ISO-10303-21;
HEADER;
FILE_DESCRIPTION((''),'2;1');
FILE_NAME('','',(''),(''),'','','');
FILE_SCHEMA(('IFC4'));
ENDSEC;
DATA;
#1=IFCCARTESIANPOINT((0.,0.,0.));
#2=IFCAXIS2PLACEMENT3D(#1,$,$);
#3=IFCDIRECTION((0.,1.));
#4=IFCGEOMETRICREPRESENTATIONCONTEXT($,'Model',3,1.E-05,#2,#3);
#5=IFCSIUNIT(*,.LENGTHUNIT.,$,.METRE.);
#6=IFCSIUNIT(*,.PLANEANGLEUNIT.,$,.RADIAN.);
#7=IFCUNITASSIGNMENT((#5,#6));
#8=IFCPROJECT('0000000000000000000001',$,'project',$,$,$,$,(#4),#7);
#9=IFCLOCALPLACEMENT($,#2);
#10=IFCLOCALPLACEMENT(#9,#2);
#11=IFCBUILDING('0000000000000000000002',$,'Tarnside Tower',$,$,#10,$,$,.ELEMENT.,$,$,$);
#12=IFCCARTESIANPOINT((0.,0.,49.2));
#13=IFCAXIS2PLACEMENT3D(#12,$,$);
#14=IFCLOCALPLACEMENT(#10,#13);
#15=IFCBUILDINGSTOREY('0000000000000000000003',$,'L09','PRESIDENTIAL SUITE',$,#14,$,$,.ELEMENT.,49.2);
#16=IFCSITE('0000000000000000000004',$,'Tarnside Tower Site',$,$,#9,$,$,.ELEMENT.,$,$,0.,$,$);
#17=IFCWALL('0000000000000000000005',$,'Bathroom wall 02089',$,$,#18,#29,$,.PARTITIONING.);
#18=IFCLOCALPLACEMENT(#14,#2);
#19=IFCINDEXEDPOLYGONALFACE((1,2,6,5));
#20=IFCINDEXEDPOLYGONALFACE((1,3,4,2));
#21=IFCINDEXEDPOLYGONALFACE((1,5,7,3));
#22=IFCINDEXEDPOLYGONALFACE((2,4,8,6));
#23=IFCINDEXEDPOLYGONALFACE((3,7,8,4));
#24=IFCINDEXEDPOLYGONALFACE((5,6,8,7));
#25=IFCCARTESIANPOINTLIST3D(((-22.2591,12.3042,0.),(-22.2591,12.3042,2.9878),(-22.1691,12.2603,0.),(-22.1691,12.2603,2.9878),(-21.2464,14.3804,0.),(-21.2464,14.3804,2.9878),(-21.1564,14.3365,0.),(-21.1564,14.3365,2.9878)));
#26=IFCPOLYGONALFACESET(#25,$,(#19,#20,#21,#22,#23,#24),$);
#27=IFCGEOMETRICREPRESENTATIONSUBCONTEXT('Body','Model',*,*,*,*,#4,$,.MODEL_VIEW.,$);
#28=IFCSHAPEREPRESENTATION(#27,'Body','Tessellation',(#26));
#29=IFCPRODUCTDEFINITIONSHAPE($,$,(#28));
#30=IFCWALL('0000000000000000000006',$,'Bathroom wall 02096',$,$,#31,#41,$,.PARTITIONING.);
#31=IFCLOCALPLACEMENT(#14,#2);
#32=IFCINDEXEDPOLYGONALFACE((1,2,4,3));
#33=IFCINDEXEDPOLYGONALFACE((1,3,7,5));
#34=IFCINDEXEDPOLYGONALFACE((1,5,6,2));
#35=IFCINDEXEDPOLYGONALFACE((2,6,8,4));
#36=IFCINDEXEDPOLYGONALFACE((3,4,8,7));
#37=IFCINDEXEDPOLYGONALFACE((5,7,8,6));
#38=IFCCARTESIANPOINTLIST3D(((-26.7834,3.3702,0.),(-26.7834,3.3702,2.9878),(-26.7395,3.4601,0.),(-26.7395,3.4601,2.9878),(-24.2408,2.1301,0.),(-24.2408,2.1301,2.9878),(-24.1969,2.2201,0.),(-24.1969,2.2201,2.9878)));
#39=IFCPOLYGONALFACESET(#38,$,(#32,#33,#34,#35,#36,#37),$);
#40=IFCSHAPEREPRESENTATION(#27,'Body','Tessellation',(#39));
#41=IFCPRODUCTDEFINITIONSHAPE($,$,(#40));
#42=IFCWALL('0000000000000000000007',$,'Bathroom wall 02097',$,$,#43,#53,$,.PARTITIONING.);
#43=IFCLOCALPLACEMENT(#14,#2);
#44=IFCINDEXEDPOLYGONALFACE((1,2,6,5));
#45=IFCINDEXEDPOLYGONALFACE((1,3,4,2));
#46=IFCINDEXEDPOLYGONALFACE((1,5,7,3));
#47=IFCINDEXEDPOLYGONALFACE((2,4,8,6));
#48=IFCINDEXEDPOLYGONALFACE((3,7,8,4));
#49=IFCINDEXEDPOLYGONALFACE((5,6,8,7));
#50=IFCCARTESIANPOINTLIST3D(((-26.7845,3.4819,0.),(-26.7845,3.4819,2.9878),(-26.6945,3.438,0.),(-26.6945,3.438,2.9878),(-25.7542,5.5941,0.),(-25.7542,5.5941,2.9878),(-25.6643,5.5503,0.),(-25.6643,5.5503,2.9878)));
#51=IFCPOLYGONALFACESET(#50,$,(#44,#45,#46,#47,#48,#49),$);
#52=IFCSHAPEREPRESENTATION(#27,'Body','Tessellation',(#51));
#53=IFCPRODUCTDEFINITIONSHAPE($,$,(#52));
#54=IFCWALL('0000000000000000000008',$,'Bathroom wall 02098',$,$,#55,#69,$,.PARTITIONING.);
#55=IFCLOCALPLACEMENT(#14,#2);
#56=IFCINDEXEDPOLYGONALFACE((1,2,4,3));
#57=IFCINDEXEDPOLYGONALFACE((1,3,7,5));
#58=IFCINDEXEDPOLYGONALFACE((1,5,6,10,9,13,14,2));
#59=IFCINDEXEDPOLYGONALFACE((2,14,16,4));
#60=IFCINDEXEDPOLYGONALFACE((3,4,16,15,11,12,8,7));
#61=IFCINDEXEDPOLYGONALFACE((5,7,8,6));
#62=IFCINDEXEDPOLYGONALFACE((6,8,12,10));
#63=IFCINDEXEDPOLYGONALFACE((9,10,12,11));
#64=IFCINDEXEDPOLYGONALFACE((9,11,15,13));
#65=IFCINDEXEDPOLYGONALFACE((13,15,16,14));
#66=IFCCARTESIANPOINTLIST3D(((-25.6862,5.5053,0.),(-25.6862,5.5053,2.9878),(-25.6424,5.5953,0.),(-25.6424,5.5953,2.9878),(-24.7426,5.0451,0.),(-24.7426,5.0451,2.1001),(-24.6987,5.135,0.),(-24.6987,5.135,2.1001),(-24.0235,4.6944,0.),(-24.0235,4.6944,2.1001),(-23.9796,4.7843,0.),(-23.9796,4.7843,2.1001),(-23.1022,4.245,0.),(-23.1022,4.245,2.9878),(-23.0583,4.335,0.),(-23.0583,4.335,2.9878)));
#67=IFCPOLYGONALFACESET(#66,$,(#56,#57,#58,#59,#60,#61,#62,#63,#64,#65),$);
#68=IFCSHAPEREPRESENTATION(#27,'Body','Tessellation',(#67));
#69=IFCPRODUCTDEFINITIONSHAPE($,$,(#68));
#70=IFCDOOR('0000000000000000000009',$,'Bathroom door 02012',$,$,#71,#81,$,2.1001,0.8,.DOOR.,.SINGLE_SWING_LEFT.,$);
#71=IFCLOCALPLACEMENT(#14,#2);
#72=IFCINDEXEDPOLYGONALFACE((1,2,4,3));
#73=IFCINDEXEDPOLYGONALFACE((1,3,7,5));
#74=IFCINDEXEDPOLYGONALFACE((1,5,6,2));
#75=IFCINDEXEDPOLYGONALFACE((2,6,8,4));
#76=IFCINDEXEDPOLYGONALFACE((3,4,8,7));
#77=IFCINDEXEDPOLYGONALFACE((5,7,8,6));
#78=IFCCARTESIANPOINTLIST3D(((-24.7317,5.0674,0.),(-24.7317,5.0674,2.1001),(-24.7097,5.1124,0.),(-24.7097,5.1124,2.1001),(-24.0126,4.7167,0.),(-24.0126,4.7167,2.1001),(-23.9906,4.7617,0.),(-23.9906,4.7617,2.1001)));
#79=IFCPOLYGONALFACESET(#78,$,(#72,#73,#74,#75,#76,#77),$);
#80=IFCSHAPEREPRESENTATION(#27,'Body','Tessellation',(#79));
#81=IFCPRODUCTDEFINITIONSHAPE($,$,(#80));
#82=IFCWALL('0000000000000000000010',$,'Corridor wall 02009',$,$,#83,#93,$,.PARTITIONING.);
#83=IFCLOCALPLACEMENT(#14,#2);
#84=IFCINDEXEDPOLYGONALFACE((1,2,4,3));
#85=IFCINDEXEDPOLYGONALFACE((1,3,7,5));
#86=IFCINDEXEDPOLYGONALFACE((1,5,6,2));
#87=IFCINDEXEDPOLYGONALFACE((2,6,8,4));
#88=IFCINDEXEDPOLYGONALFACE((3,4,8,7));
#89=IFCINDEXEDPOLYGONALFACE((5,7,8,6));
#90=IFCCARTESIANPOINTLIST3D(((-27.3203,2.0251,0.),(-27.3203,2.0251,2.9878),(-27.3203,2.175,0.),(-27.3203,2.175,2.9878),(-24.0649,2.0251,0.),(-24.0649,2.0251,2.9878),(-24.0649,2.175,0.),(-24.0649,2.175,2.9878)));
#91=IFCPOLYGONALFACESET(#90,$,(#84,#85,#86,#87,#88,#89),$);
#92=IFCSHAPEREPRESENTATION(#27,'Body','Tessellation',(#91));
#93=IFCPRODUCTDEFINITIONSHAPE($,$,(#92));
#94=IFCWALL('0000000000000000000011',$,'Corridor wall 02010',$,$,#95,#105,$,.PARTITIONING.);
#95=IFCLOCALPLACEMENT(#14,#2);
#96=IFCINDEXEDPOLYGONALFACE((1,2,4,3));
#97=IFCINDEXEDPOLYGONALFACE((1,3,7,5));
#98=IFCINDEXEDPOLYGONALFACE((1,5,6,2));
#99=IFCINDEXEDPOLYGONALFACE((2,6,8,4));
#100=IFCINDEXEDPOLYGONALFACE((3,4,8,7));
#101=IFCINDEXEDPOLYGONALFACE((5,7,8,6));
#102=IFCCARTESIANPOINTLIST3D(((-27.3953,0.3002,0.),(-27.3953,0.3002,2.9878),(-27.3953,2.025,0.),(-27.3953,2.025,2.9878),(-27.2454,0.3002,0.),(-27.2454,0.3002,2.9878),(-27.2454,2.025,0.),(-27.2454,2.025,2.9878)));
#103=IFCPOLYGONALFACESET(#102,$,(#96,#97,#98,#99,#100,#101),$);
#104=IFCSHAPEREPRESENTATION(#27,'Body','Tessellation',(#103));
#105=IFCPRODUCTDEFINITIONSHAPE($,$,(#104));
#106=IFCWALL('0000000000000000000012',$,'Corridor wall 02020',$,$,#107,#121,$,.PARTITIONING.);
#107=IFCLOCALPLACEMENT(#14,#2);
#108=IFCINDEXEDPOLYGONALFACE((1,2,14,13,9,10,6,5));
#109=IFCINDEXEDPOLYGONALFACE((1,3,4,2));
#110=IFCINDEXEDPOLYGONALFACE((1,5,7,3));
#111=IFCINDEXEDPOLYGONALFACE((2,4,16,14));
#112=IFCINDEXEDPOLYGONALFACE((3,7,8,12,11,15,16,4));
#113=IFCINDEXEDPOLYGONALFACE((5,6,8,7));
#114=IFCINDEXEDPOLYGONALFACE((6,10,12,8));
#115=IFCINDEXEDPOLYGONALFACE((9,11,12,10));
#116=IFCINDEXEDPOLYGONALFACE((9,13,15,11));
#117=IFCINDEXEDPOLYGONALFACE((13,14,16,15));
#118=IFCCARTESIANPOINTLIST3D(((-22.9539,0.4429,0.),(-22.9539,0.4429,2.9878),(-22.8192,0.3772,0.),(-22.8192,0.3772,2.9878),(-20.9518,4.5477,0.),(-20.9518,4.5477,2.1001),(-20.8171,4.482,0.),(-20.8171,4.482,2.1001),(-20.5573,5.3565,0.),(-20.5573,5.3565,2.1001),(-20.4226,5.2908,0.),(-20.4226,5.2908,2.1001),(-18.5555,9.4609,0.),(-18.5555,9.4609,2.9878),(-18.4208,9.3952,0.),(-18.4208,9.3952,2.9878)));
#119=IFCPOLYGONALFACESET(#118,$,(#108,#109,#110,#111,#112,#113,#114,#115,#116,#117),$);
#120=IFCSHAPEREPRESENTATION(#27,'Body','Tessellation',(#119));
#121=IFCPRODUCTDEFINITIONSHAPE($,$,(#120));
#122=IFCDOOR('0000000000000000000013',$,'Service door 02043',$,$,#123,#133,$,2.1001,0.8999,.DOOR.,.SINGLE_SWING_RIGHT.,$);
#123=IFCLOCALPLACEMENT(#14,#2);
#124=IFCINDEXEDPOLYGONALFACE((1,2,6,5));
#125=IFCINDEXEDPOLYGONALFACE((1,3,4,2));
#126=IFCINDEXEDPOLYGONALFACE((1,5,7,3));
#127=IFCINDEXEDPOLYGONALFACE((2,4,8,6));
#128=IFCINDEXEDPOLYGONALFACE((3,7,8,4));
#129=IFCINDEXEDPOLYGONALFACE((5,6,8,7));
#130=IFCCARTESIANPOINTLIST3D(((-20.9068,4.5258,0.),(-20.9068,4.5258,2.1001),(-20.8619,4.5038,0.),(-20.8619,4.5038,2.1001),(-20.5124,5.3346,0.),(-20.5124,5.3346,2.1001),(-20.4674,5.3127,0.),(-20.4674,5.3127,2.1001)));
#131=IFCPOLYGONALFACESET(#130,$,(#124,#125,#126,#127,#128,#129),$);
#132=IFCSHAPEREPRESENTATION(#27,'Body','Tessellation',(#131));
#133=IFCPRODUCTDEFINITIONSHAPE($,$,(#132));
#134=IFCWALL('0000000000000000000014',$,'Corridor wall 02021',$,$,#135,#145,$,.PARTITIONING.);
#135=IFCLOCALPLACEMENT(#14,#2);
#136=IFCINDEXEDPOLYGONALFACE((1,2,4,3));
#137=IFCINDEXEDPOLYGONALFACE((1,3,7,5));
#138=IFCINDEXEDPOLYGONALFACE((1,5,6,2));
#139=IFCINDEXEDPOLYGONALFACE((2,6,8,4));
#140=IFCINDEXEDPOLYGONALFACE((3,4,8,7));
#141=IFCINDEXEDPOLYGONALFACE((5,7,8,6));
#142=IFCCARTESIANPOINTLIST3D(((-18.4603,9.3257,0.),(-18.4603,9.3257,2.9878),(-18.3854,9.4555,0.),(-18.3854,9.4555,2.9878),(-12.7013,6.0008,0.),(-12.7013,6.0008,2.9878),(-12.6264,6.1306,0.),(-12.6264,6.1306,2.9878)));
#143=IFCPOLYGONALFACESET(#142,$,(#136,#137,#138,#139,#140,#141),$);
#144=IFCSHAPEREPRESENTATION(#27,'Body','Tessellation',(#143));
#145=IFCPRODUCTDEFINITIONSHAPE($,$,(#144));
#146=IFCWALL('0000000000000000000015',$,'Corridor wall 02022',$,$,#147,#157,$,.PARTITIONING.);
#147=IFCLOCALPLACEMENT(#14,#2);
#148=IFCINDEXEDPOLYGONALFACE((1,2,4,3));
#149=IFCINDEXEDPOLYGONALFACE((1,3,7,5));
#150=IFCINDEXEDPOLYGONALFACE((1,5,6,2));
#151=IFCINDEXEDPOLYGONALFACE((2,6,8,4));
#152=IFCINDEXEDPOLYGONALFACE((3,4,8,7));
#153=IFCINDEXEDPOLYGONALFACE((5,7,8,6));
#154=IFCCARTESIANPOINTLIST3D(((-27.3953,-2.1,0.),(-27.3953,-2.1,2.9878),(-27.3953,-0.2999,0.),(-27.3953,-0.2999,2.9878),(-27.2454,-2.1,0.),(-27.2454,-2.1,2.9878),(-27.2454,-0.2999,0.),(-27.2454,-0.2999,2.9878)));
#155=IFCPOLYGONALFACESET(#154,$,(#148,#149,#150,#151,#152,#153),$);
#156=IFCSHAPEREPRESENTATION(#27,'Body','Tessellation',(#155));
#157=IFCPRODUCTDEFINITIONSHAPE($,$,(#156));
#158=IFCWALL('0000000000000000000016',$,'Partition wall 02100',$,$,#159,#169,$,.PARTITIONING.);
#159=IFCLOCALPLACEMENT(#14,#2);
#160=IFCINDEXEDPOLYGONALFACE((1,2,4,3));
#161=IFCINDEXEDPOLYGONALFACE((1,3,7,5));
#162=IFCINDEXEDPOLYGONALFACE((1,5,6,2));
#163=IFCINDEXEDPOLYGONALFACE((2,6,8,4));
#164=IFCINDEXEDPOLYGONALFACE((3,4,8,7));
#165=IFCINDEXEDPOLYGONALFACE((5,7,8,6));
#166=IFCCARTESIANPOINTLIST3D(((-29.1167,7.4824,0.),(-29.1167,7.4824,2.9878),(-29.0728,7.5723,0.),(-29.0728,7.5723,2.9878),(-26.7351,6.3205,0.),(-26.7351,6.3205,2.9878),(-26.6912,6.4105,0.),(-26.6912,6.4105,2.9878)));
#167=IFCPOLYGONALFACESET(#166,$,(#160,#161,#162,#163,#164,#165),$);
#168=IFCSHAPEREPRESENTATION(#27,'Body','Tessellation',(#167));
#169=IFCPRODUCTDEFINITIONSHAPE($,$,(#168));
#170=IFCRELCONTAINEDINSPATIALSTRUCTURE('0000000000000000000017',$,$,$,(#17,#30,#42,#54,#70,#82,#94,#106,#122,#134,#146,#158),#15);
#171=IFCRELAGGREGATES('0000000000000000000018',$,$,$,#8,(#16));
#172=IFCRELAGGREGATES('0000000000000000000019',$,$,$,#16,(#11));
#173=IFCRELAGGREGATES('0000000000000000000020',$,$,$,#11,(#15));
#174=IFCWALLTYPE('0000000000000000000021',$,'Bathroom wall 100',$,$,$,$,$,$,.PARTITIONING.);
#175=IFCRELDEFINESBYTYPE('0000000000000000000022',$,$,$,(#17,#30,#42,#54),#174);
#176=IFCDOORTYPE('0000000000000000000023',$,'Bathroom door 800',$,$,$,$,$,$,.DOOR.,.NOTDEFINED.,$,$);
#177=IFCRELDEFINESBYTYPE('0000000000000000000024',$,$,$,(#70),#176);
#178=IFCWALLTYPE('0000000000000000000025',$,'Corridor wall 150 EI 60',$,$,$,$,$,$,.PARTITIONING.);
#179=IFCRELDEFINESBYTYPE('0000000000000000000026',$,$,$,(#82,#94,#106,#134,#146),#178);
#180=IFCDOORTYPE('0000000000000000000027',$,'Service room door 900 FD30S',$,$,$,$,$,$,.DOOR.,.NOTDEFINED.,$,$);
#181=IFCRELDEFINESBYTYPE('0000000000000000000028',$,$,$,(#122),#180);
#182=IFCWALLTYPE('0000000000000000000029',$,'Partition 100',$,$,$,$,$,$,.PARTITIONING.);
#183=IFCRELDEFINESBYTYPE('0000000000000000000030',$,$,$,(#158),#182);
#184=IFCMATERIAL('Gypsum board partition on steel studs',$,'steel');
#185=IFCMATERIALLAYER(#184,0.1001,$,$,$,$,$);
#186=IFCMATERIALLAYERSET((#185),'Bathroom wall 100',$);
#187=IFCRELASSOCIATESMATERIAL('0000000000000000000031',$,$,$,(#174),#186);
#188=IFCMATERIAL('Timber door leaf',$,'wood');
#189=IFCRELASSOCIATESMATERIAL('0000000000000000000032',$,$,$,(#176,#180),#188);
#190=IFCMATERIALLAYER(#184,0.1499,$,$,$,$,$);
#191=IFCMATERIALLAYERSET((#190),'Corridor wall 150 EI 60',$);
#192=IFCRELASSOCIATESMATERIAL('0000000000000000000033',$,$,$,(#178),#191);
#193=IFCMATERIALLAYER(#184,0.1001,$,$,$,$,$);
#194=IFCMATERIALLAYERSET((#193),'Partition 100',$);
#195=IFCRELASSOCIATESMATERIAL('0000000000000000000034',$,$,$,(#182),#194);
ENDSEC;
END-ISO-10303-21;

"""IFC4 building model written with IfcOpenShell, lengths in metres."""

from ifc_helpers import new_model, si_unit, direction, frame, frame_2d, origin, place, context, subcontext, project, spatial, rectangle, extrude, material, layer, layer_set, type_object, element, fill, save


model = new_model("IFC4")

# Units and contexts
model_context = context("Model", 3, precision=1e-05, world=origin(), true_north=direction((0.0, 1.0)))
body_context = subcontext(model_context, "Body", "Model", "MODEL_VIEW")
ifc_project = project(units=[si_unit("LENGTHUNIT", "METRE"), si_unit("PLANEANGLEUNIT", "RADIAN")], contexts=[model_context])

# Site, building, storey
site_placement = place(None, origin())
site = spatial("IfcSite", under=ifc_project, at=site_placement, Name="Tarnside Tower Site", CompositionType="ELEMENT", RefElevation=0.0)
building_placement = place(site_placement, origin())
building = spatial("IfcBuilding", under=site, at=building_placement, Name="Tarnside Tower", CompositionType="ELEMENT")
storey_placement = place(building_placement, frame((0.0, 0.0, 49.2)))
storey = spatial("IfcBuildingStorey", under=building, at=storey_placement, Name="L09", Description="PRESIDENTIAL SUITE", CompositionType="ELEMENT", Elevation=49.2)

# Walls
ifc_material_1 = material(Name="Gypsum board partition on steel studs", Category="steel")
ifc_layer_1 = layer(ifc_material_1, 0.1001)
ifc_layer_set_1 = layer_set([ifc_layer_1], Name="Bathroom wall 100")
wall_type_1 = type_object("IfcWallType", Name="Bathroom wall 100", PredefinedType="PARTITIONING", material=ifc_layer_set_1)
wall_1_placement = place(storey_placement, frame((-22.2141, 12.2822, 0.0), z_axis=(0.0, 0.0, 1.0), x_axis=(0.438399, 0.898781, 0.0)))
element("IfcWall", 1, at=wall_1_placement, inside=storey, type_object=wall_type_1, Name="Bathroom wall 02089", PredefinedType="PARTITIONING", context=body_context, shape_type="SweptSolid", body=[
    extrude(rectangle(XDim=2.3101, YDim=0.1001, at=frame_2d((1.155, 0.0))), origin(), (0.0, 0.0, 1.0), 2.9878),
])
wall_2_placement = place(storey_placement, frame((-24.2188, 2.175, 0.0), z_axis=(0.0, 0.0, 1.0), x_axis=(-0.898802, 0.438354, 0.0)))
element("IfcWall", 2, at=wall_2_placement, inside=storey, type_object=wall_type_1, Name="Bathroom wall 02096", PredefinedType="PARTITIONING", context=body_context, shape_type="SweptSolid", body=[
    extrude(rectangle(XDim=2.8289, YDim=0.1001, at=frame_2d((1.4146, 0.0))), origin(), (0.0, 0.0, 1.0), 2.9878),
])
wall_3_placement = place(storey_placement, frame((-26.7395, 3.46, 0.0), z_axis=(0.0, 0.0, 1.0), x_axis=(0.438383, 0.898788, 0.0)))
element("IfcWall", 3, at=wall_3_placement, inside=storey, type_object=wall_type_1, Name="Bathroom wall 02097", PredefinedType="PARTITIONING", context=body_context, shape_type="SweptSolid", body=[
    extrude(rectangle(XDim=2.3501, YDim=0.1001, at=frame_2d((1.175, 0.0))), origin(), (0.0, 0.0, 1.0), 2.9878),
])

# Wall, opening, door
wall_4_placement = place(storey_placement, frame((-25.6643, 5.5503, 0.0), z_axis=(0.0, 0.0, 1.0), x_axis=(0.898799, -0.43836, 0.0)))
wall_4 = element("IfcWall", 4, at=wall_4_placement, inside=storey, type_object=wall_type_1, Name="Bathroom wall 02098", PredefinedType="PARTITIONING", context=body_context, shape_type="SweptSolid", body=[
    extrude(rectangle(XDim=2.875, YDim=0.1001, at=frame_2d((1.4375, 0.0))), origin(), (0.0, 0.0, 1.0), 2.9878),
])
opening_1_placement = place(wall_4_placement, frame((1.05, 0.0, 0.0)))
opening_1 = element("IfcOpeningElement", 5, at=opening_1_placement, cuts=wall_4, PredefinedType="OPENING", context=body_context, shape_type="SweptSolid", body=[
    extrude(rectangle(XDim=0.8, YDim=2.1001, at=frame_2d((0.3999, 1.05))), frame((0.0, 0.0601, 0.0), z_axis=(0.0, -1.0, 0.0), x_axis=(1.0, 0.0, 0.0)), (0.0, 0.0, 1.0), 0.1201),
])
ifc_material_2 = material(Name="Timber door leaf", Category="wood")
door_type_1 = type_object("IfcDoorType", Name="Bathroom door 800", OperationType="NOTDEFINED", PredefinedType="DOOR", material=ifc_material_2)
door_1_placement = place(opening_1_placement, origin())
door_1 = element("IfcDoor", 6, at=door_1_placement, inside=storey, type_object=door_type_1, Name="Bathroom door 02012", OperationType="SINGLE_SWING_LEFT", OverallHeight=2.1001, OverallWidth=0.8, PredefinedType="DOOR", context=body_context, shape_type="SweptSolid", body=[
    extrude(rectangle(XDim=0.8, YDim=2.1001, at=frame_2d((0.3999, 1.05))), frame((0.0, 0.0249, 0.0), z_axis=(0.0, -1.0, 0.0), x_axis=(1.0, 0.0, 0.0)), (0.0, 0.0, 1.0), 0.05),
])
fill(opening_1, door_1)

# Walls
ifc_layer_2 = layer(ifc_material_1, 0.1499)
ifc_layer_set_2 = layer_set([ifc_layer_2], Name="Corridor wall 150 EI 60")
wall_type_2 = type_object("IfcWallType", Name="Corridor wall 150 EI 60", PredefinedType="PARTITIONING", material=ifc_layer_set_2)
wall_5_placement = place(storey_placement, frame((-24.0649, 2.1001, 0.0), z_axis=(0.0, 0.0, 1.0), x_axis=(-1.0, 0.0, 0.0)))
element("IfcWall", 7, at=wall_5_placement, inside=storey, type_object=wall_type_2, Name="Corridor wall 02009", PredefinedType="PARTITIONING", context=body_context, shape_type="SweptSolid", body=[
    extrude(rectangle(XDim=3.2554, YDim=0.1499, at=frame_2d((1.6277, 0.0))), origin(), (0.0, 0.0, 1.0), 2.9878),
])
wall_6_placement = place(storey_placement, frame((-27.3203, 2.0249, 0.0), z_axis=(0.0, 0.0, 1.0), x_axis=(0.0, -1.0, 0.0)))
element("IfcWall", 8, at=wall_6_placement, inside=storey, type_object=wall_type_2, Name="Corridor wall 02010", PredefinedType="PARTITIONING", context=body_context, shape_type="SweptSolid", body=[
    extrude(rectangle(XDim=1.7249, YDim=0.1499, at=frame_2d((0.8623, 0.0))), origin(), (0.0, 0.0, 1.0), 2.9878),
])

# Wall, opening, door
wall_7_placement = place(storey_placement, frame((-22.8865, 0.4102, 0.0), z_axis=(0.0, 0.0, 1.0), x_axis=(0.438374, 0.898793, 0.0)))
wall_7 = element("IfcWall", 9, at=wall_7_placement, inside=storey, type_object=wall_type_2, Name="Corridor wall 02020", PredefinedType="PARTITIONING", context=body_context, shape_type="SweptSolid", body=[
    extrude(rectangle(XDim=10.0334, YDim=0.1499, at=frame_2d((5.0166, 0.0))), origin(), (0.0, 0.0, 1.0), 2.9878),
])
opening_2_placement = place(wall_7_placement, frame((4.5669, 0.0, 0.0)))
opening_2 = element("IfcOpeningElement", 10, at=opening_2_placement, cuts=wall_7, PredefinedType="OPENING", context=body_context, shape_type="SweptSolid", body=[
    extrude(rectangle(XDim=0.8999, YDim=2.1001, at=frame_2d((0.45, 1.05))), frame((0.0, 0.085, 0.0), z_axis=(0.0, -1.0, 0.0), x_axis=(1.0, 0.0, 0.0)), (0.0, 0.0, 1.0), 0.1699),
])
door_type_2 = type_object("IfcDoorType", Name="Service room door 900 FD30S", OperationType="NOTDEFINED", PredefinedType="DOOR", material=ifc_material_2)
door_2_placement = place(opening_2_placement, origin())
door_2 = element("IfcDoor", 11, at=door_2_placement, inside=storey, type_object=door_type_2, Name="Service door 02043", OperationType="SINGLE_SWING_RIGHT", OverallHeight=2.1001, OverallWidth=0.8999, PredefinedType="DOOR", context=body_context, shape_type="SweptSolid", body=[
    extrude(rectangle(XDim=0.8999, YDim=2.1001, at=frame_2d((0.45, 1.05))), frame((0.0, 0.0249, 0.0), z_axis=(0.0, -1.0, 0.0), x_axis=(1.0, 0.0, 0.0)), (0.0, 0.0, 1.0), 0.05),
])
fill(opening_2, door_2)

# Walls
wall_8_placement = place(storey_placement, frame((-18.4229, 9.3906, 0.0), z_axis=(0.0, 0.0, 1.0), x_axis=(0.866027, -0.499997, 0.0)))
element("IfcWall", 12, at=wall_8_placement, inside=storey, type_object=wall_type_2, Name="Corridor wall 02021", PredefinedType="PARTITIONING", context=body_context, shape_type="SweptSolid", body=[
    extrude(rectangle(XDim=6.6499, YDim=0.1499, at=frame_2d((3.325, 0.0))), origin(), (0.0, 0.0, 1.0), 2.9878),
])
wall_9_placement = place(storey_placement, frame((-27.3203, -0.3, 0.0), z_axis=(0.0, 0.0, 1.0), x_axis=(0.0, -1.0, 0.0)))
element("IfcWall", 13, at=wall_9_placement, inside=storey, type_object=wall_type_2, Name="Corridor wall 02022", PredefinedType="PARTITIONING", context=body_context, shape_type="SweptSolid", body=[
    extrude(rectangle(XDim=1.8, YDim=0.1499, at=frame_2d((0.8999, 0.0))), origin(), (0.0, 0.0, 1.0), 2.9878),
])
ifc_layer_3 = layer(ifc_material_1, 0.1001)
ifc_layer_set_3 = layer_set([ifc_layer_3], Name="Partition 100")
wall_type_3 = type_object("IfcWallType", Name="Partition 100", PredefinedType="PARTITIONING", material=ifc_layer_set_3)
wall_10_placement = place(storey_placement, frame((-26.7131, 6.3655, 0.0), z_axis=(0.0, 0.0, 1.0), x_axis=(-0.898752, 0.438458, 0.0)))
element("IfcWall", 14, at=wall_10_placement, inside=storey, type_object=wall_type_3, Name="Partition wall 02100", PredefinedType="PARTITIONING", context=body_context, shape_type="SweptSolid", body=[
    extrude(rectangle(XDim=2.6499, YDim=0.1001, at=frame_2d((1.325, 0.0))), origin(), (0.0, 0.0, 1.0), 2.9878),
])

save(model, "model.ifc")
